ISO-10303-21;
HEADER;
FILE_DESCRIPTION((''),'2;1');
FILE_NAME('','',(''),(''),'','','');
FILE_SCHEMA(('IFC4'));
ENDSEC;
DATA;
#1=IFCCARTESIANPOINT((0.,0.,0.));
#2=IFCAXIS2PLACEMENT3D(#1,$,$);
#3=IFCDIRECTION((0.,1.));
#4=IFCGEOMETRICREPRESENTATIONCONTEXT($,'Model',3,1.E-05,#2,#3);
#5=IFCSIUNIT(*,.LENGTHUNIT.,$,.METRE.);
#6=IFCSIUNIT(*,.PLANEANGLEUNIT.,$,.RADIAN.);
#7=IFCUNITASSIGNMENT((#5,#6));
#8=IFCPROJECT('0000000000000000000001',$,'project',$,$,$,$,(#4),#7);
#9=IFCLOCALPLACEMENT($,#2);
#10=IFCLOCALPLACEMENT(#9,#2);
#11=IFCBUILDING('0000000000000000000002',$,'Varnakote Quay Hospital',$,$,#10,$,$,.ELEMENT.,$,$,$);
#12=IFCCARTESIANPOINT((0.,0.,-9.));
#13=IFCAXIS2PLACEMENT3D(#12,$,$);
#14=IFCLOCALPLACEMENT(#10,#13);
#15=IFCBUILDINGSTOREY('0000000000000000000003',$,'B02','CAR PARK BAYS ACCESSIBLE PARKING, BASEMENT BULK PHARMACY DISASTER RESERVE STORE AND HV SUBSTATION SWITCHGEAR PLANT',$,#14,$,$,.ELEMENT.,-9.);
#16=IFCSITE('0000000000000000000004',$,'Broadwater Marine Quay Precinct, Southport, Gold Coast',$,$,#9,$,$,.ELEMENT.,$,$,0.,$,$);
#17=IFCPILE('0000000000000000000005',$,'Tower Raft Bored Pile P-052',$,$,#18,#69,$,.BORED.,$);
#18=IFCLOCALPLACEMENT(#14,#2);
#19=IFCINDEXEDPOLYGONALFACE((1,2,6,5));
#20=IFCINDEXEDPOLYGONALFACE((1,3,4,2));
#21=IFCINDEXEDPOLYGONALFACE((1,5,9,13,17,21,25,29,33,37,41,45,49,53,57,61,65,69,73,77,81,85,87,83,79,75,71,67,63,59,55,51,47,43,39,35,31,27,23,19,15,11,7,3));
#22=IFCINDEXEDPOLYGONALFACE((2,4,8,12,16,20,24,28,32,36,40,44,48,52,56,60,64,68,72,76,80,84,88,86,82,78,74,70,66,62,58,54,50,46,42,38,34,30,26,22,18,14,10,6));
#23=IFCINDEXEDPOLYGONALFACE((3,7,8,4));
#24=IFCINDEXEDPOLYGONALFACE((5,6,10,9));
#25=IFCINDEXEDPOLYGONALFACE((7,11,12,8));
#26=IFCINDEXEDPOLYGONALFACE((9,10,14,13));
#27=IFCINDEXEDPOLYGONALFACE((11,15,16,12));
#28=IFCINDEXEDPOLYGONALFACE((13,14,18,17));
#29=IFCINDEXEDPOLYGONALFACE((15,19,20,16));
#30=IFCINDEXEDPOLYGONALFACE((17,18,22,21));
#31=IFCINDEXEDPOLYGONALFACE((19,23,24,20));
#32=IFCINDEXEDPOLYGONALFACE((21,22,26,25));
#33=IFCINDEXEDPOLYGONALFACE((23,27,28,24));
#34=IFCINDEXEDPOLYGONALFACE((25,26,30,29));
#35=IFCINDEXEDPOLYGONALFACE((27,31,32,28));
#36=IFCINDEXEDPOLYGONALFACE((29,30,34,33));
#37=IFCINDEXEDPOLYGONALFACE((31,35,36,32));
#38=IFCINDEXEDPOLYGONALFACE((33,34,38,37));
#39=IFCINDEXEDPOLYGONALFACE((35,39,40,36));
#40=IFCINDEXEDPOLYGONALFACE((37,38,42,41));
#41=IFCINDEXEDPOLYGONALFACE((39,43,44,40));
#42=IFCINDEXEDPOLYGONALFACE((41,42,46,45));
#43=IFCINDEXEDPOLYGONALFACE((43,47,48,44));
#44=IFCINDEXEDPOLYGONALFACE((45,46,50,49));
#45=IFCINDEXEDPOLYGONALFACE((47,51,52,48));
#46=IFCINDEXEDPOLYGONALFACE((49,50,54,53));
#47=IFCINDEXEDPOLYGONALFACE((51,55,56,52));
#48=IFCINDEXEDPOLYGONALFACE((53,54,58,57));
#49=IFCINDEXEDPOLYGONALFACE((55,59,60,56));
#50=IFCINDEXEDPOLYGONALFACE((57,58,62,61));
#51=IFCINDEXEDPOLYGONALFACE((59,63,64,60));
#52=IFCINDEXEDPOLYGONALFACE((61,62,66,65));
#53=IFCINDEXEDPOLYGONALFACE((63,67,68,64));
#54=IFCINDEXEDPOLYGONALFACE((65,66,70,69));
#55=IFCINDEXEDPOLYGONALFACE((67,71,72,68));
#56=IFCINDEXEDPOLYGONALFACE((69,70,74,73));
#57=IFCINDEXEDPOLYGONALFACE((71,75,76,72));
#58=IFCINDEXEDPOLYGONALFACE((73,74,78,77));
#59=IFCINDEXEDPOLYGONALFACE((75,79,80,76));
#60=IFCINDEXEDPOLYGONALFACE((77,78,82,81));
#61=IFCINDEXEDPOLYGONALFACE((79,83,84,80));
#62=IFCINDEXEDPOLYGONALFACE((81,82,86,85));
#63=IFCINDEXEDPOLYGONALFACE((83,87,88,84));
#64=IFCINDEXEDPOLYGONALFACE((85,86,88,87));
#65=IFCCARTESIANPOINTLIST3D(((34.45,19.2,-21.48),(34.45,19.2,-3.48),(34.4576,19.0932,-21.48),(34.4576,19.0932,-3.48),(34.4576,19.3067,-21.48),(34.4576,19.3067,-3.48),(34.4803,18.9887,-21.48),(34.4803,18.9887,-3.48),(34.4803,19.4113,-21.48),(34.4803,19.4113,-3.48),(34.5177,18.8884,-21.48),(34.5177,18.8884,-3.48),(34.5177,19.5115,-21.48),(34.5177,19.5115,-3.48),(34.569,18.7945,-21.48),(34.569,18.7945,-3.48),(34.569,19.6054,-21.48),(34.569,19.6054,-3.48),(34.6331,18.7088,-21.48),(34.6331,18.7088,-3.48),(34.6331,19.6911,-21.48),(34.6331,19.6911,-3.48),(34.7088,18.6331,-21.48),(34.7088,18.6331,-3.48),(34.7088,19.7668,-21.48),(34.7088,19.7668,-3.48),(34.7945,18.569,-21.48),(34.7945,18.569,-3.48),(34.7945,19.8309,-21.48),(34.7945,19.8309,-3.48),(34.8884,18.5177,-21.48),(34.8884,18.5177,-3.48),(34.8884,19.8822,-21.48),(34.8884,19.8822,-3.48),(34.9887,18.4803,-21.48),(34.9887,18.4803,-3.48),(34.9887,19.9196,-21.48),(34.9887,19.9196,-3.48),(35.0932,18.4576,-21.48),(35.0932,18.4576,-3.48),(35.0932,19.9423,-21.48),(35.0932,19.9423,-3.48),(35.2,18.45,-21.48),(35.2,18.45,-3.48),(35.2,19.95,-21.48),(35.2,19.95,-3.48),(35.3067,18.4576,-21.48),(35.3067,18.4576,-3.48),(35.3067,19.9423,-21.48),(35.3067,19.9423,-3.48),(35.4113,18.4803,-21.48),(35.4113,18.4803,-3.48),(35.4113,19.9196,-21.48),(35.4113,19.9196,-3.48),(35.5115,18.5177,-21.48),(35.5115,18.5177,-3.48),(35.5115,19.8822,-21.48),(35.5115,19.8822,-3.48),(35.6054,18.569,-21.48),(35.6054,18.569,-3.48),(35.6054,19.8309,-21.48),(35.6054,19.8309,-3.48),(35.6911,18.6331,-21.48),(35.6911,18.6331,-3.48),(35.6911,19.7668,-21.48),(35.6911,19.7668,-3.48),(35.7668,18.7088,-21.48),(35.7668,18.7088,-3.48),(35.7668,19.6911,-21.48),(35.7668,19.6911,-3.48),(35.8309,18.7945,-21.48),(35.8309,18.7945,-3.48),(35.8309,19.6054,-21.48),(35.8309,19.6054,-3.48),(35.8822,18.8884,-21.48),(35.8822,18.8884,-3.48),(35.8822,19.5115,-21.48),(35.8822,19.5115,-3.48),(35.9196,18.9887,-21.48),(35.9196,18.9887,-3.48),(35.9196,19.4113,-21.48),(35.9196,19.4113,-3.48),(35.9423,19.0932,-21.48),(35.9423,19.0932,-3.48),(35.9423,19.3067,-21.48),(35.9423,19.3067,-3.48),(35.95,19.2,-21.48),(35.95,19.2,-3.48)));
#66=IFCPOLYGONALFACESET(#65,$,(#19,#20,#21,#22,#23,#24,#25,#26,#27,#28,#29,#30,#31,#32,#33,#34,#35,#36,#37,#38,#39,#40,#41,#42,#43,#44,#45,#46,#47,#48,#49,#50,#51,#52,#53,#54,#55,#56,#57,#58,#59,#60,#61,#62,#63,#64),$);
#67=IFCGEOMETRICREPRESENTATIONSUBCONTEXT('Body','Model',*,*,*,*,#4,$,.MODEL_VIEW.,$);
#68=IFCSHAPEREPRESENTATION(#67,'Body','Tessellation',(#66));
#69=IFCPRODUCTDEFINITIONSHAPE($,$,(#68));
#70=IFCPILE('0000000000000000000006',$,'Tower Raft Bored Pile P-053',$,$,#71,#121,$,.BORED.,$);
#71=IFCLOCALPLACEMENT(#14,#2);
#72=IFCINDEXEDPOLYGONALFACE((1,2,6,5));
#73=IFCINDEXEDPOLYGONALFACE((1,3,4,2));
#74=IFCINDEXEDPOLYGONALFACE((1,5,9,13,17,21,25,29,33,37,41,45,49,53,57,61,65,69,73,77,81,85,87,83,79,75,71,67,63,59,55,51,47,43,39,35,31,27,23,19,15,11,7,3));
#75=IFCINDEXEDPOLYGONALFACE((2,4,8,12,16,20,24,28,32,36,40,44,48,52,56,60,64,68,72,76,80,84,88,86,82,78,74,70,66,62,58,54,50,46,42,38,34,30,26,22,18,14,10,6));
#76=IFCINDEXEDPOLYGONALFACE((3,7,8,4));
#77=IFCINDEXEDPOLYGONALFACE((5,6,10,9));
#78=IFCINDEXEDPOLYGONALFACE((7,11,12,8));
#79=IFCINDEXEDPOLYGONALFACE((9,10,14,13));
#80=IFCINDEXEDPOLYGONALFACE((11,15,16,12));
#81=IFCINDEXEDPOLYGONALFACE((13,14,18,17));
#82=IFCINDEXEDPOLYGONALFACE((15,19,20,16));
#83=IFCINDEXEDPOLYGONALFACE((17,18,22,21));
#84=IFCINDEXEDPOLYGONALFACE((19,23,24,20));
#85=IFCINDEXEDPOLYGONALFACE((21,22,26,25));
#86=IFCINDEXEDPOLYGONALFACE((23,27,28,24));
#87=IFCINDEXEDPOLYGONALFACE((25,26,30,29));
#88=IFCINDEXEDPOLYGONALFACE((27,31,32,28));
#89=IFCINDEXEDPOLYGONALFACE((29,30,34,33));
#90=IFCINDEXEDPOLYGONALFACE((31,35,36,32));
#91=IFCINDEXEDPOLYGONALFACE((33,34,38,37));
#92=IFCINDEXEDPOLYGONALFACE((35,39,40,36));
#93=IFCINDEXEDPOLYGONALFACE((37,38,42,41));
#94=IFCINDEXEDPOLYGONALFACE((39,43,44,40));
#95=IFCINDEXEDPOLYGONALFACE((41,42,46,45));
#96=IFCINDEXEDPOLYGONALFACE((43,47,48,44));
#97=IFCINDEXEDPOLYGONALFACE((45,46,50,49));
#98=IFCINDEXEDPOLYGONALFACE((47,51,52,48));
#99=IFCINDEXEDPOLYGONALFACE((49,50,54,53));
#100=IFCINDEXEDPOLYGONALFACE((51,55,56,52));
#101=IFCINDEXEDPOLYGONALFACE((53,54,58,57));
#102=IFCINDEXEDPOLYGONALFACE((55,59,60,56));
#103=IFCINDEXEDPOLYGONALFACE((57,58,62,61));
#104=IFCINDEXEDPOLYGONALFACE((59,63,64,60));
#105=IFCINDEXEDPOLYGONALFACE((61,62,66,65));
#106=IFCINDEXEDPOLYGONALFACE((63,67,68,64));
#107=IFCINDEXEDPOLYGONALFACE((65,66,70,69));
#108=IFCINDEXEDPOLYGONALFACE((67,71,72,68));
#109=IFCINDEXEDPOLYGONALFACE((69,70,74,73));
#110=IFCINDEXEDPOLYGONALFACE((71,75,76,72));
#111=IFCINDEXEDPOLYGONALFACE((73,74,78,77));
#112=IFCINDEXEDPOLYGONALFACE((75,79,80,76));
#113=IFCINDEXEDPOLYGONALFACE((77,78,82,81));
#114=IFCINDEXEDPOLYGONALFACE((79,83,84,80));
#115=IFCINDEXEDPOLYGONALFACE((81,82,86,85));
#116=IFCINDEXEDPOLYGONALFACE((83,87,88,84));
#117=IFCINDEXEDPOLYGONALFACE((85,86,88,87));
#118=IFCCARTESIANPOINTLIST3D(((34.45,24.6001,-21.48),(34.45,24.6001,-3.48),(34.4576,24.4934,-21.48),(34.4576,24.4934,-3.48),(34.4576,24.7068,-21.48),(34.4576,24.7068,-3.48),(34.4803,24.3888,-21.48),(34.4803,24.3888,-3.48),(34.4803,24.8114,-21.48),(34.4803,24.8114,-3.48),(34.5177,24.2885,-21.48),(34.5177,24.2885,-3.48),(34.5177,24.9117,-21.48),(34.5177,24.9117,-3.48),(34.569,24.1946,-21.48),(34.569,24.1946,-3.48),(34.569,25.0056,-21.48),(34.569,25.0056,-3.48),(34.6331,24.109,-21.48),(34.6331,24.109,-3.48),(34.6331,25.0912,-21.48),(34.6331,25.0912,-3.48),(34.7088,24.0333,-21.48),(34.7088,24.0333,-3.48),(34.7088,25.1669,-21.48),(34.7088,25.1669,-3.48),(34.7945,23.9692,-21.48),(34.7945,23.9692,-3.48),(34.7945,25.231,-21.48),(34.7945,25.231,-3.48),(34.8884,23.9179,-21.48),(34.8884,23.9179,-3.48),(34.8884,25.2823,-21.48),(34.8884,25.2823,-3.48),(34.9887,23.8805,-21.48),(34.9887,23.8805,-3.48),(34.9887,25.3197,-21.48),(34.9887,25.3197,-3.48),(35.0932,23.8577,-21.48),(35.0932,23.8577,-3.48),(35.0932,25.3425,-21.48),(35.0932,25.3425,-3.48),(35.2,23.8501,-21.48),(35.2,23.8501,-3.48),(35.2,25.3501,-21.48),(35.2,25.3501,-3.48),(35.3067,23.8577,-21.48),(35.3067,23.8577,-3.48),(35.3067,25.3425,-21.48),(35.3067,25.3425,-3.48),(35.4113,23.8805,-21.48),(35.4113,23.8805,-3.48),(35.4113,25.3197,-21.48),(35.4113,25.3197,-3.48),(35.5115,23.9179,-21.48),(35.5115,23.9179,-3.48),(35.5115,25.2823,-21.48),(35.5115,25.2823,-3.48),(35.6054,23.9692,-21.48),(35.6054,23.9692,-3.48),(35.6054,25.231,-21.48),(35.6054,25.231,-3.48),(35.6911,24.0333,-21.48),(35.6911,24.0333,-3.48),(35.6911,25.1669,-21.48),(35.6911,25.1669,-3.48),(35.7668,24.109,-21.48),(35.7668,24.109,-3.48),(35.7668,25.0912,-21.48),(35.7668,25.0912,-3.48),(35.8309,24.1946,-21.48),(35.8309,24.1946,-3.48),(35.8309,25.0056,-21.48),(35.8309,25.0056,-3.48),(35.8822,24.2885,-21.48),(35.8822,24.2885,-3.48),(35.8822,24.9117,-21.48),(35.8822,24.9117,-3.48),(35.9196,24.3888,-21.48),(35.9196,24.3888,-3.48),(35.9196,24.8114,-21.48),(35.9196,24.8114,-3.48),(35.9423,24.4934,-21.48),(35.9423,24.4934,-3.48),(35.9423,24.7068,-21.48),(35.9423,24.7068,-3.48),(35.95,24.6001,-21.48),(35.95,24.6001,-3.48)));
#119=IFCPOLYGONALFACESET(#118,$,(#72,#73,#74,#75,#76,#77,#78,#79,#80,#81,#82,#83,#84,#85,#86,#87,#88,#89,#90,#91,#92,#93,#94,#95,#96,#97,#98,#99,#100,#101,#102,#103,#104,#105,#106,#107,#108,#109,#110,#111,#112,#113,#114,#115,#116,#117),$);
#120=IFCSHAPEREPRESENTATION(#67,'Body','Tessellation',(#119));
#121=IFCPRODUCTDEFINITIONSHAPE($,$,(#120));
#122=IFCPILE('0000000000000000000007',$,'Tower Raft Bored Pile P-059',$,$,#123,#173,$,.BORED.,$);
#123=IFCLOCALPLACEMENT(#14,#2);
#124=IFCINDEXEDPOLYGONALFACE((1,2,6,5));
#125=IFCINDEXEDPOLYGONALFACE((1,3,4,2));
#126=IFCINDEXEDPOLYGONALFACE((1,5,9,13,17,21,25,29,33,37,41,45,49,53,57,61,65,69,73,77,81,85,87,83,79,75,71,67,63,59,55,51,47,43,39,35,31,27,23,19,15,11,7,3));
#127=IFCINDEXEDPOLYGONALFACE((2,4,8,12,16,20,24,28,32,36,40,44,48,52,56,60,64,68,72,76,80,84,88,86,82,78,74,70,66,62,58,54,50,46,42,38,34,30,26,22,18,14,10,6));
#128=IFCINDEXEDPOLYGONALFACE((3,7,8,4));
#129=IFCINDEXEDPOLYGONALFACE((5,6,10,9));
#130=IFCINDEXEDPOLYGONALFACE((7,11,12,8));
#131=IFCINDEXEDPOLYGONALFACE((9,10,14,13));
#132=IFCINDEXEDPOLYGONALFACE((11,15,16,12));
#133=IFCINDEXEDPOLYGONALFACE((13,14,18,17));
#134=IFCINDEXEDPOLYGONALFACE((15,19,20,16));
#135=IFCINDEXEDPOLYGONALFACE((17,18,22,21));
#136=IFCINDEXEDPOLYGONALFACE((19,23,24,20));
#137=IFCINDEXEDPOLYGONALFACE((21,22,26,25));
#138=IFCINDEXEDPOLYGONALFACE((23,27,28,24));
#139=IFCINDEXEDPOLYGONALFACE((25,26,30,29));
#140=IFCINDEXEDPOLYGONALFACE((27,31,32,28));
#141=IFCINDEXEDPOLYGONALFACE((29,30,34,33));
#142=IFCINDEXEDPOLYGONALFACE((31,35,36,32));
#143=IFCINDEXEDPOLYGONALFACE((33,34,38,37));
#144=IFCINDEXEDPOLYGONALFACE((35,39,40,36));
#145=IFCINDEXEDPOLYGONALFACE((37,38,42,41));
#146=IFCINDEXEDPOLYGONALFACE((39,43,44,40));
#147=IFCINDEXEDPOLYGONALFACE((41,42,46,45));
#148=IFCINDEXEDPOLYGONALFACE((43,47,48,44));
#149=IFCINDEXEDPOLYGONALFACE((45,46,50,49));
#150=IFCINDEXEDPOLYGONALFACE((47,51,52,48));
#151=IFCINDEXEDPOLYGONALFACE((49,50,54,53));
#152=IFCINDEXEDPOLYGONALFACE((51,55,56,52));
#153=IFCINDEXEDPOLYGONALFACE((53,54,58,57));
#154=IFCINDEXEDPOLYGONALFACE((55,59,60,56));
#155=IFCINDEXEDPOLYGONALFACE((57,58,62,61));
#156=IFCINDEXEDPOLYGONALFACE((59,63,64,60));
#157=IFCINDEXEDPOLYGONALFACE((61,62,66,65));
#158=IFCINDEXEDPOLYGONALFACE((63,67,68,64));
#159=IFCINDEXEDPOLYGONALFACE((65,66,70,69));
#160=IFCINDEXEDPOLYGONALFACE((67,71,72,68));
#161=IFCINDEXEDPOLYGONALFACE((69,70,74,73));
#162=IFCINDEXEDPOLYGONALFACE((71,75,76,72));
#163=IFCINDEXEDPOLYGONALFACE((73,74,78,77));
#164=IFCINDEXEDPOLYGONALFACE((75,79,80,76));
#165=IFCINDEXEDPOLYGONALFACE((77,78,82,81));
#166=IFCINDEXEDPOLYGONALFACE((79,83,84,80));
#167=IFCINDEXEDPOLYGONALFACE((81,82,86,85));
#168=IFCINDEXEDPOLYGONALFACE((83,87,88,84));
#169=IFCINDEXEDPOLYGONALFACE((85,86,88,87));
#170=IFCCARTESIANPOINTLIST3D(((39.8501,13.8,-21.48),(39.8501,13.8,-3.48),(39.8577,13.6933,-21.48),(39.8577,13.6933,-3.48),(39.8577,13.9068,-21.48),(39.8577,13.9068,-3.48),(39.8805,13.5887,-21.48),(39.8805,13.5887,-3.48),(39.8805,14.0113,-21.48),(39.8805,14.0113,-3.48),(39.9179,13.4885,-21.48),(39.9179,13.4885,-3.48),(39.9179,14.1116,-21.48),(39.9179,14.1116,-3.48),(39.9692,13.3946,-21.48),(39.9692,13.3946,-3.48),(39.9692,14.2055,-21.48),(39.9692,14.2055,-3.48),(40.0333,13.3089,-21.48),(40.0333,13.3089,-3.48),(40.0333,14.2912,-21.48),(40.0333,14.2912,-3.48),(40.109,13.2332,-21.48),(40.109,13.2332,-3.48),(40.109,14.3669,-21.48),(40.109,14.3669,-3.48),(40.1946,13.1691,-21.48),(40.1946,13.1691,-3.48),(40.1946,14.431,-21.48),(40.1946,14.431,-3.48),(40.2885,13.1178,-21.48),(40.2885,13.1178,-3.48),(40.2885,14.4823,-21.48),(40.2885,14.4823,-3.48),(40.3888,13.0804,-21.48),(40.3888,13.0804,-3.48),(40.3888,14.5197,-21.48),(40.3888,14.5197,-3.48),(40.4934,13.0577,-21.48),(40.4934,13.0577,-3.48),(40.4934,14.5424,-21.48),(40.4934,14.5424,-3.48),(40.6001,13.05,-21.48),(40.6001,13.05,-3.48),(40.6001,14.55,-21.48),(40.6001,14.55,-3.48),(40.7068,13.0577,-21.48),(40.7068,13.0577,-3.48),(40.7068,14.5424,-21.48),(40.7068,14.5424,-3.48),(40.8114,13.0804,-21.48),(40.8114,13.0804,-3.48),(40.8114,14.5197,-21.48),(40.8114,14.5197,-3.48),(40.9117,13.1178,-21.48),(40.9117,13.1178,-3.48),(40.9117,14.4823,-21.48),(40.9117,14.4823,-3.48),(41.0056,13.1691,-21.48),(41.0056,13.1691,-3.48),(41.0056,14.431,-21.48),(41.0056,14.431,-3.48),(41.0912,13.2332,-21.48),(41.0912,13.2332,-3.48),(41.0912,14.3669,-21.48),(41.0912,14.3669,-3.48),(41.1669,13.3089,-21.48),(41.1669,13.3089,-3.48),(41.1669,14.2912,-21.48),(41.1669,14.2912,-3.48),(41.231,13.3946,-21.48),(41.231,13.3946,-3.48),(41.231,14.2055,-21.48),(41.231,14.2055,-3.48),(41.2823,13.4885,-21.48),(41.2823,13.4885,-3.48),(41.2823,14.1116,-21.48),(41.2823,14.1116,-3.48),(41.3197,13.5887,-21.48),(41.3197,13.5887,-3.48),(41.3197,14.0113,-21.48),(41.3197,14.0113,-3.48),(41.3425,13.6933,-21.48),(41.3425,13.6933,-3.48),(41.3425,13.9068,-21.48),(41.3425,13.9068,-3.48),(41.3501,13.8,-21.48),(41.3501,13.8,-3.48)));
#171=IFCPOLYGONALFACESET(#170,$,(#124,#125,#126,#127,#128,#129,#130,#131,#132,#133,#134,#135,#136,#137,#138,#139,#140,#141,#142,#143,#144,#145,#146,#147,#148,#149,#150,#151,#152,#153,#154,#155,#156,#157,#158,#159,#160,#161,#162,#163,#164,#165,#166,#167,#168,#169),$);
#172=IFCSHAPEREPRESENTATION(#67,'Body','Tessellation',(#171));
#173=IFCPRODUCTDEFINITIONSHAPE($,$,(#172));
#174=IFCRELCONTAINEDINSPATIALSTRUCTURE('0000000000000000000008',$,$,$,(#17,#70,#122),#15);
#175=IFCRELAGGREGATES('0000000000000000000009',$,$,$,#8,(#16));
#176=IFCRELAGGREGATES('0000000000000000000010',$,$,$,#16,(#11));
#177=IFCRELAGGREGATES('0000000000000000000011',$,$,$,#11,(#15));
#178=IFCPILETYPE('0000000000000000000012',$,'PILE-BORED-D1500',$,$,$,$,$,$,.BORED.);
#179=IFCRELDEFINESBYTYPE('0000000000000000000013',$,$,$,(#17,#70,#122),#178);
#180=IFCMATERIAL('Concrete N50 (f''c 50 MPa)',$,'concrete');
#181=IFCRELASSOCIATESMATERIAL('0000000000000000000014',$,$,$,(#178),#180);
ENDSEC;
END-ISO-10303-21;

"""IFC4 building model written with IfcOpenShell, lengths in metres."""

from ifc_helpers import new_model, si_unit, direction, frame, origin, origin_2d, place, context, subcontext, project, spatial, circle, extrude, material, material_profile, profile_set, type_object, element, save


model = new_model("IFC4")

# Units and contexts
model_context = context("Model", 3, precision=1e-05, world=origin(), true_north=direction((0.0, 1.0)))
body_context = subcontext(model_context, "Body", "Model", "MODEL_VIEW")
ifc_project = project(units=[si_unit("LENGTHUNIT", "METRE"), si_unit("PLANEANGLEUNIT", "RADIAN")], contexts=[model_context])

# Site, building, storey
site_placement = place(None, origin())
site = spatial("IfcSite", under=ifc_project, at=site_placement, Name="Broadwater Marine Quay Precinct, Southport, Gold Coast", CompositionType="ELEMENT", RefElevation=0.0)
building_placement = place(site_placement, origin())
building = spatial("IfcBuilding", under=site, at=building_placement, Name="Varnakote Quay Hospital", CompositionType="ELEMENT")
storey_placement = place(building_placement, frame((0.0, 0.0, -9.0)))
storey = spatial("IfcBuildingStorey", under=building, at=storey_placement, Name="B02", Description="CAR PARK BAYS ACCESSIBLE PARKING, BASEMENT BULK PHARMACY DISASTER RESERVE STORE AND HV SUBSTATION SWITCHGEAR PLANT", CompositionType="ELEMENT", Elevation=-9.0)

# Piles
ifc_material_1 = material(Name="Concrete N50 (f'c 50 MPa)", Category="concrete")
ifc_material_profile_1 = material_profile(ifc_material_1, circle(Radius=0.75, at=origin_2d()), Name="PILE-D1500")
ifc_profile_set_1 = profile_set([ifc_material_profile_1], Name="Concrete N50 (f'c 50 MPa)")
pile_type_1 = type_object("IfcPileType", Name="PILE-BORED-D1500", PredefinedType="BORED", material=ifc_profile_set_1)
for number, where, z_axis, x_axis, name in (
    (1, (35.2, 19.2, -3.48), (0.0, 0.0, -1.0), (1.0, 0.0, 0.0), "Tower Raft Bored Pile P-052"),
    (2, (35.2, 24.6001, -3.48), (0.0, 0.0, -1.0), (1.0, 0.0, 0.0), "Tower Raft Bored Pile P-053"),
    (3, (40.6001, 13.8, -3.48), (0.0, 0.0, -1.0), (1.0, 0.0, 0.0), "Tower Raft Bored Pile P-059"),
):
    element("IfcPile", number, at=place(storey_placement, frame(where, z_axis=z_axis, x_axis=x_axis)), inside=storey, type_object=pile_type_1, Name=name, PredefinedType="BORED", context=body_context, shape_type="SweptSolid", body=[
        extrude(circle(Radius=0.75, at=origin_2d()), origin(), (0.0, 0.0, 1.0), 18.0),
    ])

save(model, "model.ifc")
